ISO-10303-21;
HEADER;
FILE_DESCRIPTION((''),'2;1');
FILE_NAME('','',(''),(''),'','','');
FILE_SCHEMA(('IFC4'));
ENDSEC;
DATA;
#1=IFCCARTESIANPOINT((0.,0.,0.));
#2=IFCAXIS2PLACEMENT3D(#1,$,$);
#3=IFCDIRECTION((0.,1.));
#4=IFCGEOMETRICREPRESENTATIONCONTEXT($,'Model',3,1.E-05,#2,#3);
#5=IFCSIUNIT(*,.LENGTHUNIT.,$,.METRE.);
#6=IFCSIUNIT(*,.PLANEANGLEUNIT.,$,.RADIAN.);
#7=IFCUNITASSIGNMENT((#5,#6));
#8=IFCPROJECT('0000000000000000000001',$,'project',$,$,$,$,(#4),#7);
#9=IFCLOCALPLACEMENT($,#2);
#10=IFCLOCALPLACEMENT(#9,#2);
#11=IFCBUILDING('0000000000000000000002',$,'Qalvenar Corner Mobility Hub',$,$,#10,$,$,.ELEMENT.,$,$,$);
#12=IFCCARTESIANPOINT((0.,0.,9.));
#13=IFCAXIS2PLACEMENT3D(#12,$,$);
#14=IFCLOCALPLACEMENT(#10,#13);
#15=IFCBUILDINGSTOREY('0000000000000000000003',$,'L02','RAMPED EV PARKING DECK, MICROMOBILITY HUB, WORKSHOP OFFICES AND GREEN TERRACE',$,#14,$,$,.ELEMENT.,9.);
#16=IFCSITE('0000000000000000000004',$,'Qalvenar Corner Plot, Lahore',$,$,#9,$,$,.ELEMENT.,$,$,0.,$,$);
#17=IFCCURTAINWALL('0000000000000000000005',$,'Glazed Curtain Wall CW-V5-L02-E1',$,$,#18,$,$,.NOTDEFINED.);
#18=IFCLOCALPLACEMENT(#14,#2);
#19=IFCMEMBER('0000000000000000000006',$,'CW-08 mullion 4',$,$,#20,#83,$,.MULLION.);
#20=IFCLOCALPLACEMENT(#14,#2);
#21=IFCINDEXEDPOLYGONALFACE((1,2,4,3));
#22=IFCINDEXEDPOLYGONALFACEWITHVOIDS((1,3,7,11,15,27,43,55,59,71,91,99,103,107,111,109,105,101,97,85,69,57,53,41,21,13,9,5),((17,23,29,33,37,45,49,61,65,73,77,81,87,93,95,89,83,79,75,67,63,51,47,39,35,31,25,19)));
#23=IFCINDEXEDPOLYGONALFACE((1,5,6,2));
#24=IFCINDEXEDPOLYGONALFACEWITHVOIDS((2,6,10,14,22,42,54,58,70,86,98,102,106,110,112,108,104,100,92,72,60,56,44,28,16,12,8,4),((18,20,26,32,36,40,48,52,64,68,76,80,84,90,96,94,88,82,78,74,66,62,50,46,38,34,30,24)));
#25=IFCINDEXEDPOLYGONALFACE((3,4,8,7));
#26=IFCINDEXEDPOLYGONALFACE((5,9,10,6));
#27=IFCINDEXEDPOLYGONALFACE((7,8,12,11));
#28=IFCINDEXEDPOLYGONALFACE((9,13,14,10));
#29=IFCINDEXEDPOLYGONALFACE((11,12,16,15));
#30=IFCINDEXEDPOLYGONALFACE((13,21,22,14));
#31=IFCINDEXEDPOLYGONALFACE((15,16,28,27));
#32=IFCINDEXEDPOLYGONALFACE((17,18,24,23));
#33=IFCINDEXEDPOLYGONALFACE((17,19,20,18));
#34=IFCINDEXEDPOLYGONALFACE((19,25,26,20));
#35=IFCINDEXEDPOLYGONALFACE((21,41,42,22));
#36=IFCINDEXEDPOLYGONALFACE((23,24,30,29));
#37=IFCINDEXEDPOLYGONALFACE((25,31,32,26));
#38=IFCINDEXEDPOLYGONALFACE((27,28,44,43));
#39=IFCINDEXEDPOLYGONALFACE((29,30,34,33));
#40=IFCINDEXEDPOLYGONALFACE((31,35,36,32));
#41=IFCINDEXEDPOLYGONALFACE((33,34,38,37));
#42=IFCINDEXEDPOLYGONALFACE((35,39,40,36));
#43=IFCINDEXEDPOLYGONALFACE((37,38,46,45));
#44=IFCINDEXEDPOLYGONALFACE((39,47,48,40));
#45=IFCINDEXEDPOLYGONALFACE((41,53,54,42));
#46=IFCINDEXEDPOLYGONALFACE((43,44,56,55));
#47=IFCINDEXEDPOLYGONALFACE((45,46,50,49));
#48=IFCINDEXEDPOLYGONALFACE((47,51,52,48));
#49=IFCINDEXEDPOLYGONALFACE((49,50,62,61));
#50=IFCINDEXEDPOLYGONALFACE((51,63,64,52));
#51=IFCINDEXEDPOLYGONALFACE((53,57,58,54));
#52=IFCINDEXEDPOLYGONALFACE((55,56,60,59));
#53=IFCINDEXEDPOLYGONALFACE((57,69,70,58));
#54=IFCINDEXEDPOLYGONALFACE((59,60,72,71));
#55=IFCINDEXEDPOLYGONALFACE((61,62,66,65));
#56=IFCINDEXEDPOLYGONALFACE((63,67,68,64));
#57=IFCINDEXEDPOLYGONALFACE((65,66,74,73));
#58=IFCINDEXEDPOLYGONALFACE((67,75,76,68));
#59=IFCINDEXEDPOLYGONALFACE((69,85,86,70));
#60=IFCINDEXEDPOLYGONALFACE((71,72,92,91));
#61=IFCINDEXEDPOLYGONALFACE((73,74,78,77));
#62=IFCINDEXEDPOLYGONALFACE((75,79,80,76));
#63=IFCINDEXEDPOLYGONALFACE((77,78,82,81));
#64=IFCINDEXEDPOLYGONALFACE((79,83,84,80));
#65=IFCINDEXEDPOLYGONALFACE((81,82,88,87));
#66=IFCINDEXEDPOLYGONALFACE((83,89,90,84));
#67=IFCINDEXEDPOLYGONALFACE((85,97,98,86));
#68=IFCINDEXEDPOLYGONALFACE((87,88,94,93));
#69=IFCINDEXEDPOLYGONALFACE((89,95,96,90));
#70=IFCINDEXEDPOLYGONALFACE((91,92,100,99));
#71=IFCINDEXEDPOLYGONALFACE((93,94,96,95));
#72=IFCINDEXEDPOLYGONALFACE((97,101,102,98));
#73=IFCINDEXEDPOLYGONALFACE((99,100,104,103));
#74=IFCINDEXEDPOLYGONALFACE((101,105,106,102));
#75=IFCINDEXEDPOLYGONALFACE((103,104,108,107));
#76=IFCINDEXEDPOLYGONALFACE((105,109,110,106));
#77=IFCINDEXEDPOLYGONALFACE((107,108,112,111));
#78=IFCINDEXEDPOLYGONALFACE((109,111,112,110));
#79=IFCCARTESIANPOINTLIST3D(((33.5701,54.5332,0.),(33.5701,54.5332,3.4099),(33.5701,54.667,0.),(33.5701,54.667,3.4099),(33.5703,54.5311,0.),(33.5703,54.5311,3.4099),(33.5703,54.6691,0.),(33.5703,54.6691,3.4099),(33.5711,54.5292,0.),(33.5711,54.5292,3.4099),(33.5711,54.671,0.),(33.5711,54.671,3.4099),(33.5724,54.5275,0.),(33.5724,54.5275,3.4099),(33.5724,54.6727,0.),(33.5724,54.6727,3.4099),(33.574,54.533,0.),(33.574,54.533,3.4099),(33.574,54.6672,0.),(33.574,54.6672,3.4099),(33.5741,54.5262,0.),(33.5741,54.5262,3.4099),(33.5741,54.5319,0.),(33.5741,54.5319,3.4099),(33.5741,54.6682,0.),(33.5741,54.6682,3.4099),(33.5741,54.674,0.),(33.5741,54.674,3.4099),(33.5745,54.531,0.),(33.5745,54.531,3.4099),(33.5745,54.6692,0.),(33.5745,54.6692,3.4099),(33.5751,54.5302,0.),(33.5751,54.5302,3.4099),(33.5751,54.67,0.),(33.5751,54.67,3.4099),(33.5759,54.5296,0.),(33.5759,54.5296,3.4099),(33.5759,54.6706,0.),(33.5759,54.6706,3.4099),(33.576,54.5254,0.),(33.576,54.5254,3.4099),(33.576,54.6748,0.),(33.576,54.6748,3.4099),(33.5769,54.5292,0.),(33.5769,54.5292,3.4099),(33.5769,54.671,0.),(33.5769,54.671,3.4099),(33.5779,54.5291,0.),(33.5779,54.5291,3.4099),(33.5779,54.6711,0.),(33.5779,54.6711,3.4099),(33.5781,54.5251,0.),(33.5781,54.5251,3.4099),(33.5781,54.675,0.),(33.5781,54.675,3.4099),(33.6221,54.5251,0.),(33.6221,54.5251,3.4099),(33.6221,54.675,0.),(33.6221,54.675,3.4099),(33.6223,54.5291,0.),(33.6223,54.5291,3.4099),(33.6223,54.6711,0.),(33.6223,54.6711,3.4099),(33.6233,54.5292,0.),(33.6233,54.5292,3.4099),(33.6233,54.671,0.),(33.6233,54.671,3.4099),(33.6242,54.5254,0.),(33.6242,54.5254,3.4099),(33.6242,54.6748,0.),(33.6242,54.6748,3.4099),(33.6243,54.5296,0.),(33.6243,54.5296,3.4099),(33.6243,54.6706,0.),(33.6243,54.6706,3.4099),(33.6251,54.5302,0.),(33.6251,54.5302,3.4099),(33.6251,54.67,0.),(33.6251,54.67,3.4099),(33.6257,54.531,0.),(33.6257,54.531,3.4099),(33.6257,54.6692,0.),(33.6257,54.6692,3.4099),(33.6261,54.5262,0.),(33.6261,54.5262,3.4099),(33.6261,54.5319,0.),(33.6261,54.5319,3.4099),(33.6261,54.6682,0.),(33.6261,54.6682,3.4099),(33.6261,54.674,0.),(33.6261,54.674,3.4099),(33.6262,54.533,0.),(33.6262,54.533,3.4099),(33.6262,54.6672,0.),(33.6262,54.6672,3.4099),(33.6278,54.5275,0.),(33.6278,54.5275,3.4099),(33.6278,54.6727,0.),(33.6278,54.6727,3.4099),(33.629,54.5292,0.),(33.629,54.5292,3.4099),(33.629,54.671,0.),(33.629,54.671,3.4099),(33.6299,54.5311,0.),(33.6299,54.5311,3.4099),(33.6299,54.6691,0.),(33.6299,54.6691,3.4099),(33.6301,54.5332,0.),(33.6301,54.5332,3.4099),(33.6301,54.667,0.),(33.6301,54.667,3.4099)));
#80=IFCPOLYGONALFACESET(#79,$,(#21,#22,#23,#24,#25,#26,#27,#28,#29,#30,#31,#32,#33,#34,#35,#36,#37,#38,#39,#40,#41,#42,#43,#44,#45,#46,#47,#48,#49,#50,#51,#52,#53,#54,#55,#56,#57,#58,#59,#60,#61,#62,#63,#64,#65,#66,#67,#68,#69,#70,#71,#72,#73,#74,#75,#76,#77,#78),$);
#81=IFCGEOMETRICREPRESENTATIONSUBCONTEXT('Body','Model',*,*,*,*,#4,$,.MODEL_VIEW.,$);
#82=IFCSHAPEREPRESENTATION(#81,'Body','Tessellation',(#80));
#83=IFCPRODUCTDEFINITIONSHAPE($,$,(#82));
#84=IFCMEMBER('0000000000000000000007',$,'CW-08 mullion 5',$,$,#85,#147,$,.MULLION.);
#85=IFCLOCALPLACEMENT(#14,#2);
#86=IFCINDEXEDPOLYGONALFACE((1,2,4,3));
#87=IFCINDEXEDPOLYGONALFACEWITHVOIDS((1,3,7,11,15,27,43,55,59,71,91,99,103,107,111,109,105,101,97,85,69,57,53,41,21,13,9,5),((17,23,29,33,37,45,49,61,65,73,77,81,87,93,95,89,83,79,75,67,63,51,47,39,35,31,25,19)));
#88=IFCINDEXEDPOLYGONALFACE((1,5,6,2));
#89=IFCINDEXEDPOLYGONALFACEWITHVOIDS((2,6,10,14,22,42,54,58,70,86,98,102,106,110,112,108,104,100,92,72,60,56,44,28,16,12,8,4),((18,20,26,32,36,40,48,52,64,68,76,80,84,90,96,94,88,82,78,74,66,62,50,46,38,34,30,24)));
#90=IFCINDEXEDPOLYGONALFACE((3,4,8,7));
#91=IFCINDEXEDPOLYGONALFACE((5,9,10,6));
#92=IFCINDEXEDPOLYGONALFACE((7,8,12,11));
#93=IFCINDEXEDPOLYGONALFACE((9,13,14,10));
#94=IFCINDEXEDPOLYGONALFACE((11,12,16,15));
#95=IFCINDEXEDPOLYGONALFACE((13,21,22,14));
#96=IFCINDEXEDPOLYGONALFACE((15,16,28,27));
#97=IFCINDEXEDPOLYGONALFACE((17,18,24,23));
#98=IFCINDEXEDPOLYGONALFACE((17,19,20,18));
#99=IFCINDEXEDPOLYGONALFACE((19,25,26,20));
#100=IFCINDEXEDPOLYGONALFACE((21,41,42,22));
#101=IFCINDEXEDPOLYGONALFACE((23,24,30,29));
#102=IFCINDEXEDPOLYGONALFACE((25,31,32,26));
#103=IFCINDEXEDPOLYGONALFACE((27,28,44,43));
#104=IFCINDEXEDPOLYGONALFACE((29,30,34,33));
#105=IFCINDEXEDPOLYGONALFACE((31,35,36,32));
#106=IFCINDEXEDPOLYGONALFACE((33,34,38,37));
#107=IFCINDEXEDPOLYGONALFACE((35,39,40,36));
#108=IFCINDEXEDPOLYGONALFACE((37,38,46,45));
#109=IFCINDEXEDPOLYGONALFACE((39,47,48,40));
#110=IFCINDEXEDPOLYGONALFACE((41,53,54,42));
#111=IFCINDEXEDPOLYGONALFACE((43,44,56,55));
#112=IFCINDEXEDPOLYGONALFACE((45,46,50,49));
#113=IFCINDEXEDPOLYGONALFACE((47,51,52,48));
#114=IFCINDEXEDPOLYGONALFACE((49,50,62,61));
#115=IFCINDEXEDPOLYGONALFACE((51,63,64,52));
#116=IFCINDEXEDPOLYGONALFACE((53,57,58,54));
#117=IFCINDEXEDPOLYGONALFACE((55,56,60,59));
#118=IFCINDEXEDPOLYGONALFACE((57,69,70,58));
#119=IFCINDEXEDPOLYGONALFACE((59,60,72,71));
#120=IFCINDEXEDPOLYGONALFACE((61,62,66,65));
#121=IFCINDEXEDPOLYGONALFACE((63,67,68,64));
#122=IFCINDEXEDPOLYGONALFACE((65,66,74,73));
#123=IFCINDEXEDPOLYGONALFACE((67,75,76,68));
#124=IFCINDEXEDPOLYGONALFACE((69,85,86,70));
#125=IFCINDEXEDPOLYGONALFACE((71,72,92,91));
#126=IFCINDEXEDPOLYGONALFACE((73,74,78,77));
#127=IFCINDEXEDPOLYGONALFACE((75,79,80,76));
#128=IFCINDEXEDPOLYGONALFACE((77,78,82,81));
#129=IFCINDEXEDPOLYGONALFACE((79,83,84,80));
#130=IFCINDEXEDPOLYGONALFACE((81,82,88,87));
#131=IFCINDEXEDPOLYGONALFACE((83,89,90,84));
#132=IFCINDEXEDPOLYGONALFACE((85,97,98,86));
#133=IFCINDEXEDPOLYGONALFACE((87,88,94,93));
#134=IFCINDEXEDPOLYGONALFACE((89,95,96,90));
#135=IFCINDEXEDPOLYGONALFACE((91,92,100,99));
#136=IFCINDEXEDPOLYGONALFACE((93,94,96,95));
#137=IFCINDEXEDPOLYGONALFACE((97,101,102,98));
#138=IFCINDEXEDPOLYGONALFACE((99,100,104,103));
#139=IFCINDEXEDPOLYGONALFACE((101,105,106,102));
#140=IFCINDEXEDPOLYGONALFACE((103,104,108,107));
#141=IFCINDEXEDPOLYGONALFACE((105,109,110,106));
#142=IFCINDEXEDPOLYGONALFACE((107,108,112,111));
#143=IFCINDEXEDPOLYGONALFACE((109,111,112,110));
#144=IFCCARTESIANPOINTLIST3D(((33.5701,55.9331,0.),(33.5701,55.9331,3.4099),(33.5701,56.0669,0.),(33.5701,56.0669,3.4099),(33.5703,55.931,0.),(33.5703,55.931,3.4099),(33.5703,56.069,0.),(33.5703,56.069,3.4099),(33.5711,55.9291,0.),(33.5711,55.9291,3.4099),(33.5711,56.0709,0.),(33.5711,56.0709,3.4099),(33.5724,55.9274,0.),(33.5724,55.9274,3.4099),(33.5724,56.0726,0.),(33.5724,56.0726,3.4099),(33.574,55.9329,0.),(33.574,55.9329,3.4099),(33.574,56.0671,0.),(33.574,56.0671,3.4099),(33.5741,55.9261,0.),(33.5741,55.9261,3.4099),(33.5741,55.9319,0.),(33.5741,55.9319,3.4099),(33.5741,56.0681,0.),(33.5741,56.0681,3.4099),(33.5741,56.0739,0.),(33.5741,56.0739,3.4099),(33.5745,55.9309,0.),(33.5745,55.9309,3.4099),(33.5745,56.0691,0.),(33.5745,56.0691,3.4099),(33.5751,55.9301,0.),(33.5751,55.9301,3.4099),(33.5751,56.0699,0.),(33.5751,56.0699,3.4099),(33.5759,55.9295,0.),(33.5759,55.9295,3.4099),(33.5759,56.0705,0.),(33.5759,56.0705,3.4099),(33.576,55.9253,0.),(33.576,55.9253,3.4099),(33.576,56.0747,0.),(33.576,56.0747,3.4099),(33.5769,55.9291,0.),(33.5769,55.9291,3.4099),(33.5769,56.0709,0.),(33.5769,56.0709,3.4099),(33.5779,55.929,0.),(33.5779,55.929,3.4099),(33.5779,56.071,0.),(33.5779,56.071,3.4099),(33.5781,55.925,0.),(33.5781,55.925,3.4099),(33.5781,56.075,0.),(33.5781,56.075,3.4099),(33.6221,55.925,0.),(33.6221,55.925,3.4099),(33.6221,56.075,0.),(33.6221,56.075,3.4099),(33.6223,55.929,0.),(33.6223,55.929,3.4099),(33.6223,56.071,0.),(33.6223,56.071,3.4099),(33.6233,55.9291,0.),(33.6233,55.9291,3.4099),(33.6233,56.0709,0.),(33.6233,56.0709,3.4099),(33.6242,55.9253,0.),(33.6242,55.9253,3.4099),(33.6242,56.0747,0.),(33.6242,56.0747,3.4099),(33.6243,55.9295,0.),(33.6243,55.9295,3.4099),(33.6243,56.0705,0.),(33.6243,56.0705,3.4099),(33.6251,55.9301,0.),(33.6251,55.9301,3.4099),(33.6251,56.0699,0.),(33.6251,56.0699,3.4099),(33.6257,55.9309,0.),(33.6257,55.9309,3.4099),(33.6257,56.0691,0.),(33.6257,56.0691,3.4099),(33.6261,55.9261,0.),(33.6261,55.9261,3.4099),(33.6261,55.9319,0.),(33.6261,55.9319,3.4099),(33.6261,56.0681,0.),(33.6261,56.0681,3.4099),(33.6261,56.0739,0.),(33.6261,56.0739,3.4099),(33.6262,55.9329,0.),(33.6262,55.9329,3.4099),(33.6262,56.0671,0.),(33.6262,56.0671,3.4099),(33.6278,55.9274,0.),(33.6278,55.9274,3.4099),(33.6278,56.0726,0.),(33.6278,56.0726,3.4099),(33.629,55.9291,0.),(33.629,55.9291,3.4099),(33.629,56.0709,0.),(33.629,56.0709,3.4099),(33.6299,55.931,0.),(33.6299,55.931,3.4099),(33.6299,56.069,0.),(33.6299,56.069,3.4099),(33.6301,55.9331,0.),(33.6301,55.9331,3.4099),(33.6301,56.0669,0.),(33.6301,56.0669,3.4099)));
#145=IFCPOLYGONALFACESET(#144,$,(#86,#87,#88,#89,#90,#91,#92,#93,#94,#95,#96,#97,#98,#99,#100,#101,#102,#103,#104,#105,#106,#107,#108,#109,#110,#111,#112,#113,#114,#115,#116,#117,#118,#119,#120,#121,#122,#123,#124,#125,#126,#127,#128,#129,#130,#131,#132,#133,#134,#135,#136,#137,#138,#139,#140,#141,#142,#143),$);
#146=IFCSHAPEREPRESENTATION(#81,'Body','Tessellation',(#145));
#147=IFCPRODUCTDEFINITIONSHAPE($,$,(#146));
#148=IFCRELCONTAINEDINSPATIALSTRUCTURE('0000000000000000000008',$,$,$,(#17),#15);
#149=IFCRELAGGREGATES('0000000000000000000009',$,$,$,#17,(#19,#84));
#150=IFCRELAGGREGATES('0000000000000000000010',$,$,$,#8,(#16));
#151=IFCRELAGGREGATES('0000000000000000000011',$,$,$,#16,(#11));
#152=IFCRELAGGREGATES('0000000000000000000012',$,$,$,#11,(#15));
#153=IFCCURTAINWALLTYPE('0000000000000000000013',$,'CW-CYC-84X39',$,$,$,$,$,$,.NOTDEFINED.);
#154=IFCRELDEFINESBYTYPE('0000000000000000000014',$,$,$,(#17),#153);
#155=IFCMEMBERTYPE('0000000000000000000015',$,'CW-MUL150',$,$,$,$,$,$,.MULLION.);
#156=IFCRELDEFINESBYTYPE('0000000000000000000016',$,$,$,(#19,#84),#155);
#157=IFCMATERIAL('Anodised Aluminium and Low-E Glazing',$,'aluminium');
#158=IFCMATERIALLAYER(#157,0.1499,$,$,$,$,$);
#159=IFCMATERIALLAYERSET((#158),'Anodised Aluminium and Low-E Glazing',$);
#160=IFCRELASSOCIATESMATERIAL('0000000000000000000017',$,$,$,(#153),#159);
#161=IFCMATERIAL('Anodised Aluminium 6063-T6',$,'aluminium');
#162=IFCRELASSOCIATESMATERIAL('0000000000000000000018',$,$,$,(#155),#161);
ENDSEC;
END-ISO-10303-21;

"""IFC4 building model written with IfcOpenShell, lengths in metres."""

from ifc_helpers import new_model, si_unit, direction, frame, origin, origin_2d, place, context, subcontext, project, spatial, hollow_rectangle, extrude, material, layer, layer_set, material_profile, profile_set, type_object, element, aggregate, save


model = new_model("IFC4")

# Units and contexts
model_context = context("Model", 3, precision=1e-05, world=origin(), true_north=direction((0.0, 1.0)))
body_context = subcontext(model_context, "Body", "Model", "MODEL_VIEW")
ifc_project = project(units=[si_unit("LENGTHUNIT", "METRE"), si_unit("PLANEANGLEUNIT", "RADIAN")], contexts=[model_context])

# Site, building, storey
site_placement = place(None, origin())
site = spatial("IfcSite", under=ifc_project, at=site_placement, Name="Qalvenar Corner Plot, Lahore", CompositionType="ELEMENT", RefElevation=0.0)
building_placement = place(site_placement, origin())
building = spatial("IfcBuilding", under=site, at=building_placement, Name="Qalvenar Corner Mobility Hub", CompositionType="ELEMENT")
storey_placement = place(building_placement, frame((0.0, 0.0, 9.0)))
storey = spatial("IfcBuildingStorey", under=building, at=storey_placement, Name="L02", Description="RAMPED EV PARKING DECK, MICROMOBILITY HUB, WORKSHOP OFFICES AND GREEN TERRACE", CompositionType="ELEMENT", Elevation=9.0)

# Curtain wall, members
ifc_material_1 = material(Name="Anodised Aluminium and Low-E Glazing", Category="aluminium")
ifc_layer_1 = layer(ifc_material_1, 0.1499)
ifc_layer_set_1 = layer_set([ifc_layer_1], Name="Anodised Aluminium and Low-E Glazing")
curtain_wall_type_1 = type_object("IfcCurtainWallType", Name="CW-CYC-84X39", PredefinedType="NOTDEFINED", material=ifc_layer_set_1)
curtain_wall_1_placement = place(storey_placement, origin())
curtain_wall_1 = element("IfcCurtainWall", 1, at=curtain_wall_1_placement, inside=storey, type_object=curtain_wall_type_1, Name="Glazed Curtain Wall CW-V5-L02-E1", PredefinedType="NOTDEFINED")
ifc_material_2 = material(Name="Anodised Aluminium 6063-T6", Category="aluminium")
ifc_material_profile_1 = material_profile(ifc_material_2, hollow_rectangle(XDim=0.0601, YDim=0.1499, WallThickness=0.0039, InnerFilletRadius=0.0039, OuterFilletRadius=0.0081, at=origin_2d()), Name="RHS150x60x4")
ifc_profile_set_1 = profile_set([ifc_material_profile_1], Name="Anodised Aluminium 6063-T6")
member_type_1 = type_object("IfcMemberType", Name="CW-MUL150", PredefinedType="MULLION", material=ifc_profile_set_1)
member_1_placement = place(storey_placement, frame((33.6001, 54.6001, 0.0), z_axis=(0.0, 0.0, 1.0), x_axis=(-1.0, 0.0, 0.0)))
member_1 = element("IfcMember", 2, at=member_1_placement, type_object=member_type_1, Name="CW-08 mullion 4", PredefinedType="MULLION", context=body_context, shape_type="SweptSolid", body=[
    extrude(hollow_rectangle(XDim=0.0601, YDim=0.1499, WallThickness=0.0039, InnerFilletRadius=0.0039, OuterFilletRadius=0.0081, at=origin_2d()), origin(), (0.0, 0.0, 1.0), 3.4099),
])
member_2_placement = place(storey_placement, frame((33.6001, 56.0, 0.0), z_axis=(0.0, 0.0, 1.0), x_axis=(-1.0, 0.0, 0.0)))
member_2 = element("IfcMember", 3, at=member_2_placement, type_object=member_type_1, Name="CW-08 mullion 5", PredefinedType="MULLION", context=body_context, shape_type="SweptSolid", body=[
    extrude(hollow_rectangle(XDim=0.0601, YDim=0.1499, WallThickness=0.0039, InnerFilletRadius=0.0039, OuterFilletRadius=0.0081, at=origin_2d()), origin(), (0.0, 0.0, 1.0), 3.4099),
])

aggregate(curtain_wall_1, [member_1, member_2])

save(model, "model.ifc")
